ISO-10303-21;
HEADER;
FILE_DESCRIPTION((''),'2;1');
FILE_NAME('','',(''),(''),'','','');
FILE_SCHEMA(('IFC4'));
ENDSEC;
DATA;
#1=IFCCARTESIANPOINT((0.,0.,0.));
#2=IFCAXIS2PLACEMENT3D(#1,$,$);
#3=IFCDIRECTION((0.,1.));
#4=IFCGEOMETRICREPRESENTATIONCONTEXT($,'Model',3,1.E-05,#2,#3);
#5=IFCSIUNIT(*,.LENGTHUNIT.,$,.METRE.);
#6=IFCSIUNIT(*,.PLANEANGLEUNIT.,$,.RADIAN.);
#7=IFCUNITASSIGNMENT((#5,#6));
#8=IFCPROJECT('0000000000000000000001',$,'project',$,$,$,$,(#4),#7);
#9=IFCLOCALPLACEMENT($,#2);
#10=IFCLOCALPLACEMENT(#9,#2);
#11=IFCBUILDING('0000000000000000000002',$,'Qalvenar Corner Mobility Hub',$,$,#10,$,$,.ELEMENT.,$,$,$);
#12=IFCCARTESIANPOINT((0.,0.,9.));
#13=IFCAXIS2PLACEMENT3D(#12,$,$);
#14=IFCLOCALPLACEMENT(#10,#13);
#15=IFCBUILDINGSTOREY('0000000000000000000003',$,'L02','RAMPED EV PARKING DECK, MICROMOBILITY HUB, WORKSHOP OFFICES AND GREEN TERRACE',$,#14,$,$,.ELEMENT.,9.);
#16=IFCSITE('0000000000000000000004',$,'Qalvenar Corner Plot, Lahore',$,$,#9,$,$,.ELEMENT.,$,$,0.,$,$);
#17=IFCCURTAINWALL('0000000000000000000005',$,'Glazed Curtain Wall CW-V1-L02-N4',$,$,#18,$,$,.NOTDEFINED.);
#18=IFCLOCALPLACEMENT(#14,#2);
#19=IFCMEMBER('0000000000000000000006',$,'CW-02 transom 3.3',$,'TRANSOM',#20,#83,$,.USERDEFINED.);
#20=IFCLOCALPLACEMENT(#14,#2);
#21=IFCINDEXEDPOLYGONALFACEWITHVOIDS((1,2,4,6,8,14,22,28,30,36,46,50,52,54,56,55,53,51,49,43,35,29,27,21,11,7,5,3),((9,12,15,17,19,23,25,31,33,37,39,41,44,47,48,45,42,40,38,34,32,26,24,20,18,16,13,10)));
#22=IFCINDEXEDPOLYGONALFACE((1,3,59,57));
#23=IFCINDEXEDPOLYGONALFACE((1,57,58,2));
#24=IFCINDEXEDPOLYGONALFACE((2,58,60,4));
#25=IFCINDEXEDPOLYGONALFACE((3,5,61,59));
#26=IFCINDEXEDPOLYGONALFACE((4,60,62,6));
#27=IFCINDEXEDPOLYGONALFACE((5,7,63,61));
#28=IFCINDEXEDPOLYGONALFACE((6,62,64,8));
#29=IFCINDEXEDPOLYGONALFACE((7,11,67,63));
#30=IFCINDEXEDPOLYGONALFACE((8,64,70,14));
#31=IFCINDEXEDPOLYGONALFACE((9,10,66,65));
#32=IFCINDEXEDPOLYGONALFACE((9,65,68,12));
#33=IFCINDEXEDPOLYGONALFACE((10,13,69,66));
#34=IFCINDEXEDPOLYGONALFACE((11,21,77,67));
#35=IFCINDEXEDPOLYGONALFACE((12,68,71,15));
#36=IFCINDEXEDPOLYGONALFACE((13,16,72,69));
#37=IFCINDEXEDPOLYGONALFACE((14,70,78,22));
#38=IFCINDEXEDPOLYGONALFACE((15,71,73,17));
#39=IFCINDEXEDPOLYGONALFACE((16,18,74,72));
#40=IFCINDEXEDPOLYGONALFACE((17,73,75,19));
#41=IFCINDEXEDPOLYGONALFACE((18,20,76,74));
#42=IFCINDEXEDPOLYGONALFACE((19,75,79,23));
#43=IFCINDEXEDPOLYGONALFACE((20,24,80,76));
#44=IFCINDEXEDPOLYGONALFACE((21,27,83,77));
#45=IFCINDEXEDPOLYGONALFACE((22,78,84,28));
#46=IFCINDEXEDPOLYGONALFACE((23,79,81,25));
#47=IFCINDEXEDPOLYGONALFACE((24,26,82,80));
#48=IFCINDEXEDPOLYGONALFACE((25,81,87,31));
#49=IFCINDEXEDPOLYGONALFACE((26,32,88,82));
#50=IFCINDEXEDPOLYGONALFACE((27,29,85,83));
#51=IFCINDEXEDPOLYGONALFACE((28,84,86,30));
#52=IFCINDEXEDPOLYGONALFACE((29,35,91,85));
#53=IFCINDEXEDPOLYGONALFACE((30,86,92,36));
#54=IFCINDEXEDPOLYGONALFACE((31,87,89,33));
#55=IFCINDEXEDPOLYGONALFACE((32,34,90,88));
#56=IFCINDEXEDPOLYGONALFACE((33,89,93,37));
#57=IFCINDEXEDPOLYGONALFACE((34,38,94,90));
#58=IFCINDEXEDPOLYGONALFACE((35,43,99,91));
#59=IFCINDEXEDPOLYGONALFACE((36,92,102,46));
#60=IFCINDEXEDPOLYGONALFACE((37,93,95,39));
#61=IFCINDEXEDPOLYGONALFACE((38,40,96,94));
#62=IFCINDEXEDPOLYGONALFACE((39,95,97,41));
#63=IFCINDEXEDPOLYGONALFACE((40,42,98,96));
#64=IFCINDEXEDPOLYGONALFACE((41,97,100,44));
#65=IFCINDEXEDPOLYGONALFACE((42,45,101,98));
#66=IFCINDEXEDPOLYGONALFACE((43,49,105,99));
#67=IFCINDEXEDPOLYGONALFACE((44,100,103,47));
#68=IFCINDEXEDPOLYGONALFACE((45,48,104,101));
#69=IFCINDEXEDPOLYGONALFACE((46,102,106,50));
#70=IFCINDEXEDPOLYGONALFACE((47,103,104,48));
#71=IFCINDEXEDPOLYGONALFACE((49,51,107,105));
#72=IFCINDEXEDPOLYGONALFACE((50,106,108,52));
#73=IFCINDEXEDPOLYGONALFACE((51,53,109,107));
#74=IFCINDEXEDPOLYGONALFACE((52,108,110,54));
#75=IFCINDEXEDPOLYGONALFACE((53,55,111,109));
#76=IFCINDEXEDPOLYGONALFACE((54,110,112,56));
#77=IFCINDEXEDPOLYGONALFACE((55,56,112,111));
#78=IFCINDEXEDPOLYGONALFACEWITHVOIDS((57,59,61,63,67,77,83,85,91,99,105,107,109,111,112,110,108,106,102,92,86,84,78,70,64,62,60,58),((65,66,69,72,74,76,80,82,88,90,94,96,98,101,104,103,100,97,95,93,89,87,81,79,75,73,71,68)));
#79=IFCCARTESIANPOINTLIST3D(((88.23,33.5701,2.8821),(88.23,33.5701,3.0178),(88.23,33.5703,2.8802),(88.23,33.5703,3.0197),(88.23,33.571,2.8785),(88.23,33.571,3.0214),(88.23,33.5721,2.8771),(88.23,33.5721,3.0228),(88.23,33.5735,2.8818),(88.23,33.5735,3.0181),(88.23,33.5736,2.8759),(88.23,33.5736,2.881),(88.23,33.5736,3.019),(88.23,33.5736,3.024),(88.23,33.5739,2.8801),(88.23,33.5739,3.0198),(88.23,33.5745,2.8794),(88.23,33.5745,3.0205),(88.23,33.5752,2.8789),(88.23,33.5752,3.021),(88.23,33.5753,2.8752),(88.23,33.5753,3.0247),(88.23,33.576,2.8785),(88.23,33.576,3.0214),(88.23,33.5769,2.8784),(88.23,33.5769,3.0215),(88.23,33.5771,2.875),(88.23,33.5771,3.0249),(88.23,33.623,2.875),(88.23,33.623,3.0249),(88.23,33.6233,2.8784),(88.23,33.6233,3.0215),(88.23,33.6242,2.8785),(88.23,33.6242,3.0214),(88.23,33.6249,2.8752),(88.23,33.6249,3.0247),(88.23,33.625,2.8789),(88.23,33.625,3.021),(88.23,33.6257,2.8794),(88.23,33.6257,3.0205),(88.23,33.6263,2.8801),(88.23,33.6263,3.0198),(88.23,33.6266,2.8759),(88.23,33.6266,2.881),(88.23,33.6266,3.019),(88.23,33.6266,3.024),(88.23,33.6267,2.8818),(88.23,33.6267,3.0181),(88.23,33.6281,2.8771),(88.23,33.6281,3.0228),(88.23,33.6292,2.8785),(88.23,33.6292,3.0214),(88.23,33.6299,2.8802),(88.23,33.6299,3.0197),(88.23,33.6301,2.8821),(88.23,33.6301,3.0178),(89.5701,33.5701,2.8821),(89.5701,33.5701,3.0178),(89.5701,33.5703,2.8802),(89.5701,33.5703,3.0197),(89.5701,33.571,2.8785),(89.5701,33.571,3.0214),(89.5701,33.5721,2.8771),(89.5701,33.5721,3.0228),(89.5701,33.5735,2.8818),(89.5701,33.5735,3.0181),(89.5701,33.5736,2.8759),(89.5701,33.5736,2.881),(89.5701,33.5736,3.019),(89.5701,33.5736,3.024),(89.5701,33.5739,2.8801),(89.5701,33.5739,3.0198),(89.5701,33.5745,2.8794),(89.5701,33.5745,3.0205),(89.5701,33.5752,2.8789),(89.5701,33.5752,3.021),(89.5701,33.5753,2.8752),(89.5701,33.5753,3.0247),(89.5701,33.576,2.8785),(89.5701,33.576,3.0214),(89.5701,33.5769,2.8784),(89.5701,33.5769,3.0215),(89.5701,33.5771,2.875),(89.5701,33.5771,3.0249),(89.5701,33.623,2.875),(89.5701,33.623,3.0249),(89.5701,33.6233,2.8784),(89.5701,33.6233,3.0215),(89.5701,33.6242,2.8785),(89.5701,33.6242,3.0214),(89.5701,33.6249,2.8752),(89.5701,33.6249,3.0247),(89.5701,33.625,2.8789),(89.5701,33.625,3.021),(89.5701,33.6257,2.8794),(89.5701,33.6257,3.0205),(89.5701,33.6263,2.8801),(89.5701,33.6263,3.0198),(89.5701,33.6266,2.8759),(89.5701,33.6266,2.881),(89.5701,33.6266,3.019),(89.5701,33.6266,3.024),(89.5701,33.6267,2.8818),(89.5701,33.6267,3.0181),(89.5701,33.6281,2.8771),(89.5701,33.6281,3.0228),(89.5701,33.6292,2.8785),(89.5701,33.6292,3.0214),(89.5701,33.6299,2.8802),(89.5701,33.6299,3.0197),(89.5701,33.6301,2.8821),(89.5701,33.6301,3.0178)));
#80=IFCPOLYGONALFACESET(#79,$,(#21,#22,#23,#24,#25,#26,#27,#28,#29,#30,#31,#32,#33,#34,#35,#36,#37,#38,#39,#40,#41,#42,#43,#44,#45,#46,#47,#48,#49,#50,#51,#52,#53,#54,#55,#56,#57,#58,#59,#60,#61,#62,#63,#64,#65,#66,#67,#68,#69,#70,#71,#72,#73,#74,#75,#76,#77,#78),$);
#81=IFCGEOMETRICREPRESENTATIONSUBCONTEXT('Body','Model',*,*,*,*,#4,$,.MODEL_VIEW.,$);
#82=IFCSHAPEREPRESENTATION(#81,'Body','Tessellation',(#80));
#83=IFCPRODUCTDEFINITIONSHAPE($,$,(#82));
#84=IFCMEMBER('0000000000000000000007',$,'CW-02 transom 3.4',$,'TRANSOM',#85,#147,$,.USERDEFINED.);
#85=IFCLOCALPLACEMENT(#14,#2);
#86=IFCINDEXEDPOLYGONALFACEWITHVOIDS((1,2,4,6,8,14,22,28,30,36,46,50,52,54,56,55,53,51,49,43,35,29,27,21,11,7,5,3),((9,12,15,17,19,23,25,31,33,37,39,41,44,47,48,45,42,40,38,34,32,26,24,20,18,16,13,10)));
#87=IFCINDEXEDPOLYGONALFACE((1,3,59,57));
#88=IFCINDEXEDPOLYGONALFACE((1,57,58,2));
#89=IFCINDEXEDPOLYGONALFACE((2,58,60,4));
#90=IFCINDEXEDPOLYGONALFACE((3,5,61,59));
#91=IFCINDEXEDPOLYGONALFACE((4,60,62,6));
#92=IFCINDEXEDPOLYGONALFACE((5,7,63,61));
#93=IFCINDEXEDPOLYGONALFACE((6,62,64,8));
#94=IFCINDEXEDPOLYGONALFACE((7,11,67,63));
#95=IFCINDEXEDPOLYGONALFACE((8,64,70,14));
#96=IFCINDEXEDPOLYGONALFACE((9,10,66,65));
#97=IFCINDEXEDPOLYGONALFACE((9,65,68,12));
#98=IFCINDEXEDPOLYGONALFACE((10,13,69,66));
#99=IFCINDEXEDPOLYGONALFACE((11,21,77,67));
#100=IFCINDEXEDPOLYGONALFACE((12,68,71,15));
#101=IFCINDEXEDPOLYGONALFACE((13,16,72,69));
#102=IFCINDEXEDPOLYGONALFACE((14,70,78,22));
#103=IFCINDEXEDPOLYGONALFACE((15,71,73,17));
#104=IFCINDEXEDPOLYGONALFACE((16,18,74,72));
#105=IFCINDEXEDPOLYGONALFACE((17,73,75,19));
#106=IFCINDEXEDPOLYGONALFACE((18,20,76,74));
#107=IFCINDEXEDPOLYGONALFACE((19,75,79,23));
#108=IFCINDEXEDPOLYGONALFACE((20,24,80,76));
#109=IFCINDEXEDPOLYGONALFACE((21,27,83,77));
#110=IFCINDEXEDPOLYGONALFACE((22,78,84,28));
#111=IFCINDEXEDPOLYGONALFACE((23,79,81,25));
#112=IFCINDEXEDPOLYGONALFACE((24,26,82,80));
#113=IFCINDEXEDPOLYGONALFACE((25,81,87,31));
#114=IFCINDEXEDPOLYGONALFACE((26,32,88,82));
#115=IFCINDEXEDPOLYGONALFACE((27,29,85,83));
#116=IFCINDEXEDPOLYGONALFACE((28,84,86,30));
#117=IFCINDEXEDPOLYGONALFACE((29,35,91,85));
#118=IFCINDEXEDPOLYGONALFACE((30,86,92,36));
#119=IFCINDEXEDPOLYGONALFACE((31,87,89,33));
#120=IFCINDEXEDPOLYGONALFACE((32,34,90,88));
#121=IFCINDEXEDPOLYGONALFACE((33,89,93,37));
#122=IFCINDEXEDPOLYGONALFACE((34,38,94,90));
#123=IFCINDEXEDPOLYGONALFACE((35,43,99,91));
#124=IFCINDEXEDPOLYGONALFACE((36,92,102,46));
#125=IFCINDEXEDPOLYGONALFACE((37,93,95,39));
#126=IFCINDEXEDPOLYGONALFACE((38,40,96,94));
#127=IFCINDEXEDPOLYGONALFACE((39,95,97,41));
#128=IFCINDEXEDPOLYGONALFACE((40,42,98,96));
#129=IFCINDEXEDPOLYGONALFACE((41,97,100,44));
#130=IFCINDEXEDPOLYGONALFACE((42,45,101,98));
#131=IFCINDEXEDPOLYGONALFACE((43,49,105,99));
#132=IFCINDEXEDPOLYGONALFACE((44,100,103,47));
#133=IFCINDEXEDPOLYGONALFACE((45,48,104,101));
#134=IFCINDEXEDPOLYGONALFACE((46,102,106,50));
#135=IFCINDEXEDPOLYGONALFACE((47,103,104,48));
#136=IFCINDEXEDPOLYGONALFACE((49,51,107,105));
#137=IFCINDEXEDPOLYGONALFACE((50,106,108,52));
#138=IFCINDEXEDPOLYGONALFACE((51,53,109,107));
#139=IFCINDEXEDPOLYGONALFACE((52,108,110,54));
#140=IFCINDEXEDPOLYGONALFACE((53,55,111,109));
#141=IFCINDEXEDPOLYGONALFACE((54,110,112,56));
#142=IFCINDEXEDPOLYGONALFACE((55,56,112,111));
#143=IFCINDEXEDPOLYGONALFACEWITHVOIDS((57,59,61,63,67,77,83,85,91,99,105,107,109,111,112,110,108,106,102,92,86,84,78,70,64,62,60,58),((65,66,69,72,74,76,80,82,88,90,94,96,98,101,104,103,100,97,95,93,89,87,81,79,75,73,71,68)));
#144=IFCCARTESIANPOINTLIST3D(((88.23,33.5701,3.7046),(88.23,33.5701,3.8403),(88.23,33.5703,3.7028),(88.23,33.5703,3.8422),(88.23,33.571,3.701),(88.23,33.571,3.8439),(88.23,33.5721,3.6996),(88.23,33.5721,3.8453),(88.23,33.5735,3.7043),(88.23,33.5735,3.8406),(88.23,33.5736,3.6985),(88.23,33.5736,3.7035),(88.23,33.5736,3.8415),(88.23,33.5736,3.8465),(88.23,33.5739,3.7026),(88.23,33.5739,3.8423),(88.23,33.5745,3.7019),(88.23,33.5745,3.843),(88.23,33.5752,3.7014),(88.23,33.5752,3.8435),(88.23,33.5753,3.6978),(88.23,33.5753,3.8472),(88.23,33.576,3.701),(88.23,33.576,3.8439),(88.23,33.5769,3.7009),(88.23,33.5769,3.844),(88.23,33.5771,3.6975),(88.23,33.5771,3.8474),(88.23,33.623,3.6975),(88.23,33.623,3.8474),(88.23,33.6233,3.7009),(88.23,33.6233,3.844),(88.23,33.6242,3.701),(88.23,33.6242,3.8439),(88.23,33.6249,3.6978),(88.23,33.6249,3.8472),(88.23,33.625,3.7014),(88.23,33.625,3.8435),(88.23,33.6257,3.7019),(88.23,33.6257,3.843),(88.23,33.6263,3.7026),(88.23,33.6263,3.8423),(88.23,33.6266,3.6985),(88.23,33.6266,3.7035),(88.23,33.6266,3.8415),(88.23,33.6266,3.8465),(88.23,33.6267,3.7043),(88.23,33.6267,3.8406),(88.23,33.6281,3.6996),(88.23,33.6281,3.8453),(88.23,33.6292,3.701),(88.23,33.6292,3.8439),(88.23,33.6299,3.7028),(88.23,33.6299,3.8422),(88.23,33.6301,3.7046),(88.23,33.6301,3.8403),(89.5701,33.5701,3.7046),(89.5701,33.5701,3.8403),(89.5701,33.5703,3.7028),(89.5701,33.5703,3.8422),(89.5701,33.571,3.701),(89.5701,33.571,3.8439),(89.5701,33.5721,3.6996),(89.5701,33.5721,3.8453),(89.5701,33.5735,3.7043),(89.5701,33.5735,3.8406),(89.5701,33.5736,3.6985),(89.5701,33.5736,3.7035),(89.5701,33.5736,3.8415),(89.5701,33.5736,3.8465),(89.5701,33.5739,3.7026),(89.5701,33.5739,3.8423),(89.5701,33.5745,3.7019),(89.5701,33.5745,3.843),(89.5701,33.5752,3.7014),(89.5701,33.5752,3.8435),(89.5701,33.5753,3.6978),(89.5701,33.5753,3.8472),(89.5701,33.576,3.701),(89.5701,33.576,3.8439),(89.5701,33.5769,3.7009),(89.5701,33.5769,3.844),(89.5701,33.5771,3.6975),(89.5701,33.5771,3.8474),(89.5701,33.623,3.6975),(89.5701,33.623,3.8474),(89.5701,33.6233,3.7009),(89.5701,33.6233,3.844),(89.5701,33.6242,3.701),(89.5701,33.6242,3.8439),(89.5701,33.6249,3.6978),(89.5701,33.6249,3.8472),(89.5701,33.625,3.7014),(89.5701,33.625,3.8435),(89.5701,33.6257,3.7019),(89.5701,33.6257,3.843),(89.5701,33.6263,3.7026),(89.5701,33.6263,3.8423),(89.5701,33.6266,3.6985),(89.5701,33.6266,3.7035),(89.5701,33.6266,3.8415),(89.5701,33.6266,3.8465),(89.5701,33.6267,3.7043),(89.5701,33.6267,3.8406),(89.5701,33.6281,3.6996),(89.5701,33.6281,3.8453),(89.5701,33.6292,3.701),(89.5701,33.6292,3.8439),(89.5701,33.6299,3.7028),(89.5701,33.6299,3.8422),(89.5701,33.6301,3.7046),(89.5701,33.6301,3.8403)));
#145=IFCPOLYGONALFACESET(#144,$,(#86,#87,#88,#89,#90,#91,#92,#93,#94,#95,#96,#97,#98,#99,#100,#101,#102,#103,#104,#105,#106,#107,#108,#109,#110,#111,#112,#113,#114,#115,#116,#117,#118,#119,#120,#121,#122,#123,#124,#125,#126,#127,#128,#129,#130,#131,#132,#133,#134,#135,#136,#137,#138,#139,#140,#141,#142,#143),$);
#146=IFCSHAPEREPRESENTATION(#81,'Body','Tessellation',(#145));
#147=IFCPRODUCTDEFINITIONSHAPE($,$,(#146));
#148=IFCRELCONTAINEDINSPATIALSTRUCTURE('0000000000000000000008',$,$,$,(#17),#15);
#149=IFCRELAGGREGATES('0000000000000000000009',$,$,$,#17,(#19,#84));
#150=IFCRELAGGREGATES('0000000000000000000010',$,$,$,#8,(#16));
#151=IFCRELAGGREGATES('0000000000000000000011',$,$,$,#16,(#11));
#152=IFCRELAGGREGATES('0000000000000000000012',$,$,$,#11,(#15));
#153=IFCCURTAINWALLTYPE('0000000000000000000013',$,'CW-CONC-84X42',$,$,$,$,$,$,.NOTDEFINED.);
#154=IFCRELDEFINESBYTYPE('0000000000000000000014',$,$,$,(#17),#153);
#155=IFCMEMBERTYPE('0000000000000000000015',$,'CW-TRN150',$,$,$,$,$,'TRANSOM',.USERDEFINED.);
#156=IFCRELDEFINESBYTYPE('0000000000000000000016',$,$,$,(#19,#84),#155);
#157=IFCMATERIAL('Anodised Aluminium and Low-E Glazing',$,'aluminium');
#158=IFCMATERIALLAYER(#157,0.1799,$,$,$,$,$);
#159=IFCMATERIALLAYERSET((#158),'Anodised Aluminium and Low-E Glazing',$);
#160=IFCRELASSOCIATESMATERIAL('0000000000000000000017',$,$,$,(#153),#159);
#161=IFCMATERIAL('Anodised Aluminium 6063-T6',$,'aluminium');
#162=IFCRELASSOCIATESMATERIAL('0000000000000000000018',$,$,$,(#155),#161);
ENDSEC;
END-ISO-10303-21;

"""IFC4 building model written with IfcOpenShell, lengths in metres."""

from ifc_helpers import new_model, si_unit, direction, frame, origin, origin_2d, place, context, subcontext, project, spatial, hollow_rectangle, extrude, material, layer, layer_set, material_profile, profile_set, type_object, element, aggregate, save


model = new_model("IFC4")

# Units and contexts
model_context = context("Model", 3, precision=1e-05, world=origin(), true_north=direction((0.0, 1.0)))
body_context = subcontext(model_context, "Body", "Model", "MODEL_VIEW")
ifc_project = project(units=[si_unit("LENGTHUNIT", "METRE"), si_unit("PLANEANGLEUNIT", "RADIAN")], contexts=[model_context])

# Site, building, storey
site_placement = place(None, origin())
site = spatial("IfcSite", under=ifc_project, at=site_placement, Name="Qalvenar Corner Plot, Lahore", CompositionType="ELEMENT", RefElevation=0.0)
building_placement = place(site_placement, origin())
building = spatial("IfcBuilding", under=site, at=building_placement, Name="Qalvenar Corner Mobility Hub", CompositionType="ELEMENT")
storey_placement = place(building_placement, frame((0.0, 0.0, 9.0)))
storey = spatial("IfcBuildingStorey", under=building, at=storey_placement, Name="L02", Description="RAMPED EV PARKING DECK, MICROMOBILITY HUB, WORKSHOP OFFICES AND GREEN TERRACE", CompositionType="ELEMENT", Elevation=9.0)

# Curtain wall, members
ifc_material_1 = material(Name="Anodised Aluminium and Low-E Glazing", Category="aluminium")
ifc_layer_1 = layer(ifc_material_1, 0.1799)
ifc_layer_set_1 = layer_set([ifc_layer_1], Name="Anodised Aluminium and Low-E Glazing")
curtain_wall_type = type_object("IfcCurtainWallType", Name="CW-CONC-84X42", PredefinedType="NOTDEFINED", material=ifc_layer_set_1)
curtain_wall_placement = place(storey_placement, origin())
curtain_wall = element("IfcCurtainWall", 1, at=curtain_wall_placement, inside=storey, type_object=curtain_wall_type, Name="Glazed Curtain Wall CW-V1-L02-N4", PredefinedType="NOTDEFINED")
ifc_material_2 = material(Name="Anodised Aluminium 6063-T6", Category="aluminium")
ifc_material_profile_1 = material_profile(ifc_material_2, hollow_rectangle(XDim=0.0601, YDim=0.1499, WallThickness=0.0034, InnerFilletRadius=0.0034, OuterFilletRadius=0.0071, at=origin_2d()), Name="RHS150x60x3.5")
ifc_profile_set_1 = profile_set([ifc_material_profile_1], Name="Anodised Aluminium 6063-T6")
member_type_1 = type_object("IfcMemberType", Name="CW-TRN150", ElementType="TRANSOM", PredefinedType="USERDEFINED", material=ifc_profile_set_1)
member_1_placement = place(storey_placement, frame((89.5701, 33.6001, 2.95), z_axis=(-1.0, 0.0, 0.0), x_axis=(0.0, -1.0, 0.0)))
member_1 = element("IfcMember", 2, at=member_1_placement, type_object=member_type_1, Name="CW-02 transom 3.3", ObjectType="TRANSOM", PredefinedType="USERDEFINED", context=body_context, shape_type="SweptSolid", body=[
    extrude(hollow_rectangle(XDim=0.0601, YDim=0.1499, WallThickness=0.0034, InnerFilletRadius=0.0034, OuterFilletRadius=0.0071, at=origin_2d()), origin(), (0.0, 0.0, 1.0), 1.3401),
])
member_2_placement = place(storey_placement, frame((89.5701, 33.6001, 3.7725), z_axis=(-1.0, 0.0, 0.0), x_axis=(0.0, -1.0, 0.0)))
member_2 = element("IfcMember", 3, at=member_2_placement, type_object=member_type_1, Name="CW-02 transom 3.4", ObjectType="TRANSOM", PredefinedType="USERDEFINED", context=body_context, shape_type="SweptSolid", body=[
    extrude(hollow_rectangle(XDim=0.0601, YDim=0.1499, WallThickness=0.0034, InnerFilletRadius=0.0034, OuterFilletRadius=0.0071, at=origin_2d()), origin(), (0.0, 0.0, 1.0), 1.3401),
])
aggregate(curtain_wall, [member_1, member_2])

save(model, "model.ifc")
